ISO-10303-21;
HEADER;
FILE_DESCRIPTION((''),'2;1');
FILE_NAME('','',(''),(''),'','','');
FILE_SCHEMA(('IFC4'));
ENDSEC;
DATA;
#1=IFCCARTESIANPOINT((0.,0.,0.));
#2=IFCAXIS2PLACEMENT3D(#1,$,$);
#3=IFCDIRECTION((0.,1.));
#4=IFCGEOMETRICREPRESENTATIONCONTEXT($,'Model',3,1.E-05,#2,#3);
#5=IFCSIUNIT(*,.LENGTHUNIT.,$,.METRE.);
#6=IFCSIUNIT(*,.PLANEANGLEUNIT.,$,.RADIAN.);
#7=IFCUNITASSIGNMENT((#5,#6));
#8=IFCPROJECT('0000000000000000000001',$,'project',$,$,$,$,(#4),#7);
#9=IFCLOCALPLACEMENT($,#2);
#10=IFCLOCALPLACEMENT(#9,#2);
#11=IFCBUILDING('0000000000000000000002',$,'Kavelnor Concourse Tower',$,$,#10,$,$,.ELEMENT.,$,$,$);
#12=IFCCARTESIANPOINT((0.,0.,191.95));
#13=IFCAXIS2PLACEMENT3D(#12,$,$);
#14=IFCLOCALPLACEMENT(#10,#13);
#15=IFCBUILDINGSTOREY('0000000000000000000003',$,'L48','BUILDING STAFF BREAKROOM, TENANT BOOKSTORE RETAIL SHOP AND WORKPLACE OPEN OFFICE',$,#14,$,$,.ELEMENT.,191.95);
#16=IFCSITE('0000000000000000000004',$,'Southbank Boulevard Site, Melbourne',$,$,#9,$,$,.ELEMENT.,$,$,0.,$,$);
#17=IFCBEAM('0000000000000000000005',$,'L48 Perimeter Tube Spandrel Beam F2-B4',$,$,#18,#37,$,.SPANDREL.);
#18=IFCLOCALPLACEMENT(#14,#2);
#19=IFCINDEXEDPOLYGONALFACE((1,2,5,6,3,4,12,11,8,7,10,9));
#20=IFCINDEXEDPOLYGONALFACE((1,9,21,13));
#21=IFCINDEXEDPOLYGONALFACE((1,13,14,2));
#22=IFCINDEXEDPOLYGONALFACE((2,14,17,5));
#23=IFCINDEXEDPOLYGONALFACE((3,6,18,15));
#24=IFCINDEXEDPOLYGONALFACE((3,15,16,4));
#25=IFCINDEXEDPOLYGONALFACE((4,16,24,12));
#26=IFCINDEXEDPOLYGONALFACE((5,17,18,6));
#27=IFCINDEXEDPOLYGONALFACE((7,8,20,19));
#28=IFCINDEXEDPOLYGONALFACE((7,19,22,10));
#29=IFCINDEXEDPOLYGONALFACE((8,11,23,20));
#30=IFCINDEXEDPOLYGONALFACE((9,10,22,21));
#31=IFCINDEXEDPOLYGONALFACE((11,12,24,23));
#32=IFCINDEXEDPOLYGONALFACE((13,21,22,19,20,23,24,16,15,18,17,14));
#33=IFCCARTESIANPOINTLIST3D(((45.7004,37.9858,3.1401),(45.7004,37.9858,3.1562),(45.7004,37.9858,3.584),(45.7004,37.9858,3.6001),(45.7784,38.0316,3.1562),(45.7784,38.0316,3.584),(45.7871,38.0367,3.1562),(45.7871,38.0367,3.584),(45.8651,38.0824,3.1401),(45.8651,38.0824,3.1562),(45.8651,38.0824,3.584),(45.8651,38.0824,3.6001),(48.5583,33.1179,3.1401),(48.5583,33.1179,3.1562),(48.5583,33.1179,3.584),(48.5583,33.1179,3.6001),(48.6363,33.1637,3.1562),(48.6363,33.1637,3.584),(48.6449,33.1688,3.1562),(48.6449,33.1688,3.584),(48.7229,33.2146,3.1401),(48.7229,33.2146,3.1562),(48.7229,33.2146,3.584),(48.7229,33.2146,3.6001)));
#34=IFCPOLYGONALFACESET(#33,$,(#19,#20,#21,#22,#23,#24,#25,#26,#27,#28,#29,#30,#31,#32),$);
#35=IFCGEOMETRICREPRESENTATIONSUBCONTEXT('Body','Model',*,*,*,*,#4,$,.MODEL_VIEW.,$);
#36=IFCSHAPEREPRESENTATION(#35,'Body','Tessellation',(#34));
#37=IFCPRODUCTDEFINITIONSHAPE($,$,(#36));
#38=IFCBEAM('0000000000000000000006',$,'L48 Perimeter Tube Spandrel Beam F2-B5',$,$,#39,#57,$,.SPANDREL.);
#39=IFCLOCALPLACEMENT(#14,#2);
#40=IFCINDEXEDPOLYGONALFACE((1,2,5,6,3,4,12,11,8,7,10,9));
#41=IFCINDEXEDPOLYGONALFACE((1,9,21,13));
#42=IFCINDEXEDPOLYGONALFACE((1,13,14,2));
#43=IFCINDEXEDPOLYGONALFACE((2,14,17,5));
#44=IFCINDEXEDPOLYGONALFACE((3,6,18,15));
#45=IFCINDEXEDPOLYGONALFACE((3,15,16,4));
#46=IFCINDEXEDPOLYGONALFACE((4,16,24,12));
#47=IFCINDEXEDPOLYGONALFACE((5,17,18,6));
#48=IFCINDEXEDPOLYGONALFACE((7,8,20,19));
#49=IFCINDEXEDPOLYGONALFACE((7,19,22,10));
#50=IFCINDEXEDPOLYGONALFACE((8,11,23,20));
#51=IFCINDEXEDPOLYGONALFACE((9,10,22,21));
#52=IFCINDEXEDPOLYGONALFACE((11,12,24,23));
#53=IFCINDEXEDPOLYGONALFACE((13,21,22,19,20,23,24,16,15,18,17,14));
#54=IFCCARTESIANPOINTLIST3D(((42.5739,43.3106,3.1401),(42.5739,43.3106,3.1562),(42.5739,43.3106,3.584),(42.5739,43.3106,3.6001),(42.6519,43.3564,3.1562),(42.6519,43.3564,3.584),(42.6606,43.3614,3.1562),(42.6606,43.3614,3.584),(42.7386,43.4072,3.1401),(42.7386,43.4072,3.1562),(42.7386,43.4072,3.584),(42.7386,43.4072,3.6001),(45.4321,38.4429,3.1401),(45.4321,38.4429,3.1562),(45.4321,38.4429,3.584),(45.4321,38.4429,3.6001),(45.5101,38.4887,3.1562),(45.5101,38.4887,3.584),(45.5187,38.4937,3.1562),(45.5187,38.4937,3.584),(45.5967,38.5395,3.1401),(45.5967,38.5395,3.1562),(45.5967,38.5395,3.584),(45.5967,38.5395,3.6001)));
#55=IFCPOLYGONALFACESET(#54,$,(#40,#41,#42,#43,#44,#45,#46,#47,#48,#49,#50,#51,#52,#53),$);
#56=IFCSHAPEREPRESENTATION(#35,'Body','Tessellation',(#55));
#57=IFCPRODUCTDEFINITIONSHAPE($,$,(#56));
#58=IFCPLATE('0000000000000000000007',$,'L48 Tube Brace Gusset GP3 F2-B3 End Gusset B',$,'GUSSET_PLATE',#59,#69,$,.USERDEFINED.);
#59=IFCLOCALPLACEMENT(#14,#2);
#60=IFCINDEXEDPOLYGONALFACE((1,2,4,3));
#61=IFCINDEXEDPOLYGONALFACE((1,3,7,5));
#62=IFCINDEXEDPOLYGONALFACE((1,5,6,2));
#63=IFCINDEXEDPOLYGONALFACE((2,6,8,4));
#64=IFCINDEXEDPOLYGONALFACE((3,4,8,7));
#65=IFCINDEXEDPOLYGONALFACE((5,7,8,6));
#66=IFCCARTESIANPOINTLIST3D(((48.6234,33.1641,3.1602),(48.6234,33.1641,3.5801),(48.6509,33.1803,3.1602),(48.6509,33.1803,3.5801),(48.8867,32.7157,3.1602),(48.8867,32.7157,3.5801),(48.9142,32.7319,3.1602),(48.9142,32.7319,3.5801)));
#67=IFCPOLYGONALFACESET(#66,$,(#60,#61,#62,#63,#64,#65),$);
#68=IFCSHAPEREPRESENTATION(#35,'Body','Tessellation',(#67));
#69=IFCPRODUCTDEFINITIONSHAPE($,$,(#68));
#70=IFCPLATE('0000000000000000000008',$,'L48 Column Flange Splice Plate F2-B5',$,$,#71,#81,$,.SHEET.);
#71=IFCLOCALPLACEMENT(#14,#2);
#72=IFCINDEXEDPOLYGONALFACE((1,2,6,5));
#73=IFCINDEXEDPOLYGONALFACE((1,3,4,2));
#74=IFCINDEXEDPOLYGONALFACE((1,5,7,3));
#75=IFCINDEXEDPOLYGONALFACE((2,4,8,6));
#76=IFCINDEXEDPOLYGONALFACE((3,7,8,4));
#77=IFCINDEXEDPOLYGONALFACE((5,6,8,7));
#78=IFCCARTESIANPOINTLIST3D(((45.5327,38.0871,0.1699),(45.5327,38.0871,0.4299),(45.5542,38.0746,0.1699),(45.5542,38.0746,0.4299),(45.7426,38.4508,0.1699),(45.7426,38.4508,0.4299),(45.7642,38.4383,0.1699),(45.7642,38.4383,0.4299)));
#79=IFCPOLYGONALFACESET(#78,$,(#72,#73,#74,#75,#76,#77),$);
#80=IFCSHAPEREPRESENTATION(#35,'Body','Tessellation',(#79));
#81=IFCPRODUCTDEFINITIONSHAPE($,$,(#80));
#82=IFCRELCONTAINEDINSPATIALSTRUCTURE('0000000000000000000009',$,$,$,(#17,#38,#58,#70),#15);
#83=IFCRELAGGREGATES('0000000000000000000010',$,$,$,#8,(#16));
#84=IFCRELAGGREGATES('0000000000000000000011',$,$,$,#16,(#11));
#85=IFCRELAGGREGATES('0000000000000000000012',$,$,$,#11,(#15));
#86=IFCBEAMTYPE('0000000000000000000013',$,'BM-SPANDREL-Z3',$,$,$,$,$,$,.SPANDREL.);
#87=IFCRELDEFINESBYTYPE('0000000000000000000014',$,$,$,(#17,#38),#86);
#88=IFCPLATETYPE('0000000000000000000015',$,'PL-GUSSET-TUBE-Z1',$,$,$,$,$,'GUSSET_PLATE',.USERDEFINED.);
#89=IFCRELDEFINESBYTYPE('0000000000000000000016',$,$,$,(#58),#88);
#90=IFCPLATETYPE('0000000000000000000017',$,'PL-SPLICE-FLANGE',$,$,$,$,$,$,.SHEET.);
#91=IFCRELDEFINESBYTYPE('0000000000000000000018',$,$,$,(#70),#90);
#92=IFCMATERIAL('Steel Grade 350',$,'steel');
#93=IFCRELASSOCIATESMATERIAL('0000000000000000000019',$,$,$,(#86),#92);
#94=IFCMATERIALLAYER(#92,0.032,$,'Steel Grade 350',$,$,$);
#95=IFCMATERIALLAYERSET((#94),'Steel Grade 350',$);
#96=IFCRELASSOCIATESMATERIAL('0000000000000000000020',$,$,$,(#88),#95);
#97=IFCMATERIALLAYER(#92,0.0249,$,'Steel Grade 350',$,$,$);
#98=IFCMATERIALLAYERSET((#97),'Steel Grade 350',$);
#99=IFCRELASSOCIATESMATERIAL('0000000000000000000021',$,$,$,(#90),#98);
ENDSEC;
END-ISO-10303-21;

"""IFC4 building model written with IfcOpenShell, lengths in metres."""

from ifc_helpers import new_model, si_unit, direction, frame, origin, origin_2d, place, context, subcontext, project, spatial, rectangle, i_section, extrude, material, layer, layer_set, material_profile, profile_set, type_object, element, save


model = new_model("IFC4")

# Units and contexts
model_context = context("Model", 3, precision=1e-05, world=origin(), true_north=direction((0.0, 1.0)))
body_context = subcontext(model_context, "Body", "Model", "MODEL_VIEW")
ifc_project = project(units=[si_unit("LENGTHUNIT", "METRE"), si_unit("PLANEANGLEUNIT", "RADIAN")], contexts=[model_context])

# Site, building, storey
site_placement = place(None, origin())
site = spatial("IfcSite", under=ifc_project, at=site_placement, Name="Southbank Boulevard Site, Melbourne", CompositionType="ELEMENT", RefElevation=0.0)
building_placement = place(site_placement, origin())
building = spatial("IfcBuilding", under=site, at=building_placement, Name="Kavelnor Concourse Tower", CompositionType="ELEMENT")
storey_placement = place(building_placement, frame((0.0, 0.0, 191.95)))
storey = spatial("IfcBuildingStorey", under=building, at=storey_placement, Name="L48", Description="BUILDING STAFF BREAKROOM, TENANT BOOKSTORE RETAIL SHOP AND WORKPLACE OPEN OFFICE", CompositionType="ELEMENT", Elevation=191.95)

# Shared definitions
ifc_material_1 = material(Name="Steel Grade 350", Category="steel")

# Beams
ifc_material_profile_1 = material_profile(ifc_material_1, i_section(OverallWidth=0.1909, OverallDepth=0.46, WebThickness=0.01, FlangeThickness=0.0161, at=origin_2d()), Name="460UB82")
ifc_profile_set_1 = profile_set([ifc_material_profile_1], Name="Steel Grade 350")
beam_type_1 = type_object("IfcBeamType", Name="BM-SPANDREL-Z3", PredefinedType="SPANDREL", material=ifc_profile_set_1)
for number, where, z_axis, x_axis, name in (
    (1, (48.6406, 33.1663, 3.3701), (-0.506287, 0.862365, 0.0), (-0.862365, -0.506287, 0.0), "L48 Perimeter Tube Spandrel Beam F2-B4"),
    (2, (45.5144, 38.4912, 3.3701), (-0.506338, 0.862335, 0.0), (-0.862335, -0.506338, 0.0), "L48 Perimeter Tube Spandrel Beam F2-B5"),
):
    element("IfcBeam", number, at=place(storey_placement, frame(where, z_axis=z_axis, x_axis=x_axis)), inside=storey, type_object=beam_type_1, Name=name, PredefinedType="SPANDREL", context=body_context, shape_type="SweptSolid", body=[
        extrude(i_section(OverallWidth=0.1909, OverallDepth=0.46, WebThickness=0.01, FlangeThickness=0.0161, at=origin_2d()), origin(), (0.0, 0.0, 1.0), 5.6448),
    ])

# Plates
ifc_layer_1 = layer(ifc_material_1, 0.032, Name="Steel Grade 350")
ifc_layer_set_1 = layer_set([ifc_layer_1], Name="Steel Grade 350")
plate_type_1 = type_object("IfcPlateType", Name="PL-GUSSET-TUBE-Z1", ElementType="GUSSET_PLATE", PredefinedType="USERDEFINED", material=ifc_layer_set_1)
plate_1_placement = place(storey_placement, frame((48.7688, 32.948, 3.1602), z_axis=(0.0, 0.0, 1.0), x_axis=(-0.506335, 0.862337, 0.0)))
element("IfcPlate", 3, at=plate_1_placement, inside=storey, type_object=plate_type_1, Name="L48 Tube Brace Gusset GP3 F2-B3 End Gusset B", ObjectType="GUSSET_PLATE", PredefinedType="USERDEFINED", context=body_context, shape_type="SweptSolid", body=[
    extrude(rectangle(XDim=0.52, YDim=0.032, at=origin_2d()), origin(), (0.0, 0.0, 1.0), 0.4199),
])
ifc_layer_2 = layer(ifc_material_1, 0.0249, Name="Steel Grade 350")
ifc_layer_set_2 = layer_set([ifc_layer_2], Name="Steel Grade 350")
plate_type_2 = type_object("IfcPlateType", Name="PL-SPLICE-FLANGE", PredefinedType="SHEET", material=ifc_layer_set_2)
plate_2_placement = place(storey_placement, frame((45.6484, 38.2627, 0.1699), z_axis=(0.0, 0.0, 1.0), x_axis=(-0.5, -0.866025, 0.0)))
element("IfcPlate", 4, at=plate_2_placement, inside=storey, type_object=plate_type_2, Name="L48 Column Flange Splice Plate F2-B5", PredefinedType="SHEET", context=body_context, shape_type="SweptSolid", body=[
    extrude(rectangle(XDim=0.4199, YDim=0.0249, at=origin_2d()), origin(), (0.0, 0.0, 1.0), 0.26),
])

save(model, "model.ifc")
